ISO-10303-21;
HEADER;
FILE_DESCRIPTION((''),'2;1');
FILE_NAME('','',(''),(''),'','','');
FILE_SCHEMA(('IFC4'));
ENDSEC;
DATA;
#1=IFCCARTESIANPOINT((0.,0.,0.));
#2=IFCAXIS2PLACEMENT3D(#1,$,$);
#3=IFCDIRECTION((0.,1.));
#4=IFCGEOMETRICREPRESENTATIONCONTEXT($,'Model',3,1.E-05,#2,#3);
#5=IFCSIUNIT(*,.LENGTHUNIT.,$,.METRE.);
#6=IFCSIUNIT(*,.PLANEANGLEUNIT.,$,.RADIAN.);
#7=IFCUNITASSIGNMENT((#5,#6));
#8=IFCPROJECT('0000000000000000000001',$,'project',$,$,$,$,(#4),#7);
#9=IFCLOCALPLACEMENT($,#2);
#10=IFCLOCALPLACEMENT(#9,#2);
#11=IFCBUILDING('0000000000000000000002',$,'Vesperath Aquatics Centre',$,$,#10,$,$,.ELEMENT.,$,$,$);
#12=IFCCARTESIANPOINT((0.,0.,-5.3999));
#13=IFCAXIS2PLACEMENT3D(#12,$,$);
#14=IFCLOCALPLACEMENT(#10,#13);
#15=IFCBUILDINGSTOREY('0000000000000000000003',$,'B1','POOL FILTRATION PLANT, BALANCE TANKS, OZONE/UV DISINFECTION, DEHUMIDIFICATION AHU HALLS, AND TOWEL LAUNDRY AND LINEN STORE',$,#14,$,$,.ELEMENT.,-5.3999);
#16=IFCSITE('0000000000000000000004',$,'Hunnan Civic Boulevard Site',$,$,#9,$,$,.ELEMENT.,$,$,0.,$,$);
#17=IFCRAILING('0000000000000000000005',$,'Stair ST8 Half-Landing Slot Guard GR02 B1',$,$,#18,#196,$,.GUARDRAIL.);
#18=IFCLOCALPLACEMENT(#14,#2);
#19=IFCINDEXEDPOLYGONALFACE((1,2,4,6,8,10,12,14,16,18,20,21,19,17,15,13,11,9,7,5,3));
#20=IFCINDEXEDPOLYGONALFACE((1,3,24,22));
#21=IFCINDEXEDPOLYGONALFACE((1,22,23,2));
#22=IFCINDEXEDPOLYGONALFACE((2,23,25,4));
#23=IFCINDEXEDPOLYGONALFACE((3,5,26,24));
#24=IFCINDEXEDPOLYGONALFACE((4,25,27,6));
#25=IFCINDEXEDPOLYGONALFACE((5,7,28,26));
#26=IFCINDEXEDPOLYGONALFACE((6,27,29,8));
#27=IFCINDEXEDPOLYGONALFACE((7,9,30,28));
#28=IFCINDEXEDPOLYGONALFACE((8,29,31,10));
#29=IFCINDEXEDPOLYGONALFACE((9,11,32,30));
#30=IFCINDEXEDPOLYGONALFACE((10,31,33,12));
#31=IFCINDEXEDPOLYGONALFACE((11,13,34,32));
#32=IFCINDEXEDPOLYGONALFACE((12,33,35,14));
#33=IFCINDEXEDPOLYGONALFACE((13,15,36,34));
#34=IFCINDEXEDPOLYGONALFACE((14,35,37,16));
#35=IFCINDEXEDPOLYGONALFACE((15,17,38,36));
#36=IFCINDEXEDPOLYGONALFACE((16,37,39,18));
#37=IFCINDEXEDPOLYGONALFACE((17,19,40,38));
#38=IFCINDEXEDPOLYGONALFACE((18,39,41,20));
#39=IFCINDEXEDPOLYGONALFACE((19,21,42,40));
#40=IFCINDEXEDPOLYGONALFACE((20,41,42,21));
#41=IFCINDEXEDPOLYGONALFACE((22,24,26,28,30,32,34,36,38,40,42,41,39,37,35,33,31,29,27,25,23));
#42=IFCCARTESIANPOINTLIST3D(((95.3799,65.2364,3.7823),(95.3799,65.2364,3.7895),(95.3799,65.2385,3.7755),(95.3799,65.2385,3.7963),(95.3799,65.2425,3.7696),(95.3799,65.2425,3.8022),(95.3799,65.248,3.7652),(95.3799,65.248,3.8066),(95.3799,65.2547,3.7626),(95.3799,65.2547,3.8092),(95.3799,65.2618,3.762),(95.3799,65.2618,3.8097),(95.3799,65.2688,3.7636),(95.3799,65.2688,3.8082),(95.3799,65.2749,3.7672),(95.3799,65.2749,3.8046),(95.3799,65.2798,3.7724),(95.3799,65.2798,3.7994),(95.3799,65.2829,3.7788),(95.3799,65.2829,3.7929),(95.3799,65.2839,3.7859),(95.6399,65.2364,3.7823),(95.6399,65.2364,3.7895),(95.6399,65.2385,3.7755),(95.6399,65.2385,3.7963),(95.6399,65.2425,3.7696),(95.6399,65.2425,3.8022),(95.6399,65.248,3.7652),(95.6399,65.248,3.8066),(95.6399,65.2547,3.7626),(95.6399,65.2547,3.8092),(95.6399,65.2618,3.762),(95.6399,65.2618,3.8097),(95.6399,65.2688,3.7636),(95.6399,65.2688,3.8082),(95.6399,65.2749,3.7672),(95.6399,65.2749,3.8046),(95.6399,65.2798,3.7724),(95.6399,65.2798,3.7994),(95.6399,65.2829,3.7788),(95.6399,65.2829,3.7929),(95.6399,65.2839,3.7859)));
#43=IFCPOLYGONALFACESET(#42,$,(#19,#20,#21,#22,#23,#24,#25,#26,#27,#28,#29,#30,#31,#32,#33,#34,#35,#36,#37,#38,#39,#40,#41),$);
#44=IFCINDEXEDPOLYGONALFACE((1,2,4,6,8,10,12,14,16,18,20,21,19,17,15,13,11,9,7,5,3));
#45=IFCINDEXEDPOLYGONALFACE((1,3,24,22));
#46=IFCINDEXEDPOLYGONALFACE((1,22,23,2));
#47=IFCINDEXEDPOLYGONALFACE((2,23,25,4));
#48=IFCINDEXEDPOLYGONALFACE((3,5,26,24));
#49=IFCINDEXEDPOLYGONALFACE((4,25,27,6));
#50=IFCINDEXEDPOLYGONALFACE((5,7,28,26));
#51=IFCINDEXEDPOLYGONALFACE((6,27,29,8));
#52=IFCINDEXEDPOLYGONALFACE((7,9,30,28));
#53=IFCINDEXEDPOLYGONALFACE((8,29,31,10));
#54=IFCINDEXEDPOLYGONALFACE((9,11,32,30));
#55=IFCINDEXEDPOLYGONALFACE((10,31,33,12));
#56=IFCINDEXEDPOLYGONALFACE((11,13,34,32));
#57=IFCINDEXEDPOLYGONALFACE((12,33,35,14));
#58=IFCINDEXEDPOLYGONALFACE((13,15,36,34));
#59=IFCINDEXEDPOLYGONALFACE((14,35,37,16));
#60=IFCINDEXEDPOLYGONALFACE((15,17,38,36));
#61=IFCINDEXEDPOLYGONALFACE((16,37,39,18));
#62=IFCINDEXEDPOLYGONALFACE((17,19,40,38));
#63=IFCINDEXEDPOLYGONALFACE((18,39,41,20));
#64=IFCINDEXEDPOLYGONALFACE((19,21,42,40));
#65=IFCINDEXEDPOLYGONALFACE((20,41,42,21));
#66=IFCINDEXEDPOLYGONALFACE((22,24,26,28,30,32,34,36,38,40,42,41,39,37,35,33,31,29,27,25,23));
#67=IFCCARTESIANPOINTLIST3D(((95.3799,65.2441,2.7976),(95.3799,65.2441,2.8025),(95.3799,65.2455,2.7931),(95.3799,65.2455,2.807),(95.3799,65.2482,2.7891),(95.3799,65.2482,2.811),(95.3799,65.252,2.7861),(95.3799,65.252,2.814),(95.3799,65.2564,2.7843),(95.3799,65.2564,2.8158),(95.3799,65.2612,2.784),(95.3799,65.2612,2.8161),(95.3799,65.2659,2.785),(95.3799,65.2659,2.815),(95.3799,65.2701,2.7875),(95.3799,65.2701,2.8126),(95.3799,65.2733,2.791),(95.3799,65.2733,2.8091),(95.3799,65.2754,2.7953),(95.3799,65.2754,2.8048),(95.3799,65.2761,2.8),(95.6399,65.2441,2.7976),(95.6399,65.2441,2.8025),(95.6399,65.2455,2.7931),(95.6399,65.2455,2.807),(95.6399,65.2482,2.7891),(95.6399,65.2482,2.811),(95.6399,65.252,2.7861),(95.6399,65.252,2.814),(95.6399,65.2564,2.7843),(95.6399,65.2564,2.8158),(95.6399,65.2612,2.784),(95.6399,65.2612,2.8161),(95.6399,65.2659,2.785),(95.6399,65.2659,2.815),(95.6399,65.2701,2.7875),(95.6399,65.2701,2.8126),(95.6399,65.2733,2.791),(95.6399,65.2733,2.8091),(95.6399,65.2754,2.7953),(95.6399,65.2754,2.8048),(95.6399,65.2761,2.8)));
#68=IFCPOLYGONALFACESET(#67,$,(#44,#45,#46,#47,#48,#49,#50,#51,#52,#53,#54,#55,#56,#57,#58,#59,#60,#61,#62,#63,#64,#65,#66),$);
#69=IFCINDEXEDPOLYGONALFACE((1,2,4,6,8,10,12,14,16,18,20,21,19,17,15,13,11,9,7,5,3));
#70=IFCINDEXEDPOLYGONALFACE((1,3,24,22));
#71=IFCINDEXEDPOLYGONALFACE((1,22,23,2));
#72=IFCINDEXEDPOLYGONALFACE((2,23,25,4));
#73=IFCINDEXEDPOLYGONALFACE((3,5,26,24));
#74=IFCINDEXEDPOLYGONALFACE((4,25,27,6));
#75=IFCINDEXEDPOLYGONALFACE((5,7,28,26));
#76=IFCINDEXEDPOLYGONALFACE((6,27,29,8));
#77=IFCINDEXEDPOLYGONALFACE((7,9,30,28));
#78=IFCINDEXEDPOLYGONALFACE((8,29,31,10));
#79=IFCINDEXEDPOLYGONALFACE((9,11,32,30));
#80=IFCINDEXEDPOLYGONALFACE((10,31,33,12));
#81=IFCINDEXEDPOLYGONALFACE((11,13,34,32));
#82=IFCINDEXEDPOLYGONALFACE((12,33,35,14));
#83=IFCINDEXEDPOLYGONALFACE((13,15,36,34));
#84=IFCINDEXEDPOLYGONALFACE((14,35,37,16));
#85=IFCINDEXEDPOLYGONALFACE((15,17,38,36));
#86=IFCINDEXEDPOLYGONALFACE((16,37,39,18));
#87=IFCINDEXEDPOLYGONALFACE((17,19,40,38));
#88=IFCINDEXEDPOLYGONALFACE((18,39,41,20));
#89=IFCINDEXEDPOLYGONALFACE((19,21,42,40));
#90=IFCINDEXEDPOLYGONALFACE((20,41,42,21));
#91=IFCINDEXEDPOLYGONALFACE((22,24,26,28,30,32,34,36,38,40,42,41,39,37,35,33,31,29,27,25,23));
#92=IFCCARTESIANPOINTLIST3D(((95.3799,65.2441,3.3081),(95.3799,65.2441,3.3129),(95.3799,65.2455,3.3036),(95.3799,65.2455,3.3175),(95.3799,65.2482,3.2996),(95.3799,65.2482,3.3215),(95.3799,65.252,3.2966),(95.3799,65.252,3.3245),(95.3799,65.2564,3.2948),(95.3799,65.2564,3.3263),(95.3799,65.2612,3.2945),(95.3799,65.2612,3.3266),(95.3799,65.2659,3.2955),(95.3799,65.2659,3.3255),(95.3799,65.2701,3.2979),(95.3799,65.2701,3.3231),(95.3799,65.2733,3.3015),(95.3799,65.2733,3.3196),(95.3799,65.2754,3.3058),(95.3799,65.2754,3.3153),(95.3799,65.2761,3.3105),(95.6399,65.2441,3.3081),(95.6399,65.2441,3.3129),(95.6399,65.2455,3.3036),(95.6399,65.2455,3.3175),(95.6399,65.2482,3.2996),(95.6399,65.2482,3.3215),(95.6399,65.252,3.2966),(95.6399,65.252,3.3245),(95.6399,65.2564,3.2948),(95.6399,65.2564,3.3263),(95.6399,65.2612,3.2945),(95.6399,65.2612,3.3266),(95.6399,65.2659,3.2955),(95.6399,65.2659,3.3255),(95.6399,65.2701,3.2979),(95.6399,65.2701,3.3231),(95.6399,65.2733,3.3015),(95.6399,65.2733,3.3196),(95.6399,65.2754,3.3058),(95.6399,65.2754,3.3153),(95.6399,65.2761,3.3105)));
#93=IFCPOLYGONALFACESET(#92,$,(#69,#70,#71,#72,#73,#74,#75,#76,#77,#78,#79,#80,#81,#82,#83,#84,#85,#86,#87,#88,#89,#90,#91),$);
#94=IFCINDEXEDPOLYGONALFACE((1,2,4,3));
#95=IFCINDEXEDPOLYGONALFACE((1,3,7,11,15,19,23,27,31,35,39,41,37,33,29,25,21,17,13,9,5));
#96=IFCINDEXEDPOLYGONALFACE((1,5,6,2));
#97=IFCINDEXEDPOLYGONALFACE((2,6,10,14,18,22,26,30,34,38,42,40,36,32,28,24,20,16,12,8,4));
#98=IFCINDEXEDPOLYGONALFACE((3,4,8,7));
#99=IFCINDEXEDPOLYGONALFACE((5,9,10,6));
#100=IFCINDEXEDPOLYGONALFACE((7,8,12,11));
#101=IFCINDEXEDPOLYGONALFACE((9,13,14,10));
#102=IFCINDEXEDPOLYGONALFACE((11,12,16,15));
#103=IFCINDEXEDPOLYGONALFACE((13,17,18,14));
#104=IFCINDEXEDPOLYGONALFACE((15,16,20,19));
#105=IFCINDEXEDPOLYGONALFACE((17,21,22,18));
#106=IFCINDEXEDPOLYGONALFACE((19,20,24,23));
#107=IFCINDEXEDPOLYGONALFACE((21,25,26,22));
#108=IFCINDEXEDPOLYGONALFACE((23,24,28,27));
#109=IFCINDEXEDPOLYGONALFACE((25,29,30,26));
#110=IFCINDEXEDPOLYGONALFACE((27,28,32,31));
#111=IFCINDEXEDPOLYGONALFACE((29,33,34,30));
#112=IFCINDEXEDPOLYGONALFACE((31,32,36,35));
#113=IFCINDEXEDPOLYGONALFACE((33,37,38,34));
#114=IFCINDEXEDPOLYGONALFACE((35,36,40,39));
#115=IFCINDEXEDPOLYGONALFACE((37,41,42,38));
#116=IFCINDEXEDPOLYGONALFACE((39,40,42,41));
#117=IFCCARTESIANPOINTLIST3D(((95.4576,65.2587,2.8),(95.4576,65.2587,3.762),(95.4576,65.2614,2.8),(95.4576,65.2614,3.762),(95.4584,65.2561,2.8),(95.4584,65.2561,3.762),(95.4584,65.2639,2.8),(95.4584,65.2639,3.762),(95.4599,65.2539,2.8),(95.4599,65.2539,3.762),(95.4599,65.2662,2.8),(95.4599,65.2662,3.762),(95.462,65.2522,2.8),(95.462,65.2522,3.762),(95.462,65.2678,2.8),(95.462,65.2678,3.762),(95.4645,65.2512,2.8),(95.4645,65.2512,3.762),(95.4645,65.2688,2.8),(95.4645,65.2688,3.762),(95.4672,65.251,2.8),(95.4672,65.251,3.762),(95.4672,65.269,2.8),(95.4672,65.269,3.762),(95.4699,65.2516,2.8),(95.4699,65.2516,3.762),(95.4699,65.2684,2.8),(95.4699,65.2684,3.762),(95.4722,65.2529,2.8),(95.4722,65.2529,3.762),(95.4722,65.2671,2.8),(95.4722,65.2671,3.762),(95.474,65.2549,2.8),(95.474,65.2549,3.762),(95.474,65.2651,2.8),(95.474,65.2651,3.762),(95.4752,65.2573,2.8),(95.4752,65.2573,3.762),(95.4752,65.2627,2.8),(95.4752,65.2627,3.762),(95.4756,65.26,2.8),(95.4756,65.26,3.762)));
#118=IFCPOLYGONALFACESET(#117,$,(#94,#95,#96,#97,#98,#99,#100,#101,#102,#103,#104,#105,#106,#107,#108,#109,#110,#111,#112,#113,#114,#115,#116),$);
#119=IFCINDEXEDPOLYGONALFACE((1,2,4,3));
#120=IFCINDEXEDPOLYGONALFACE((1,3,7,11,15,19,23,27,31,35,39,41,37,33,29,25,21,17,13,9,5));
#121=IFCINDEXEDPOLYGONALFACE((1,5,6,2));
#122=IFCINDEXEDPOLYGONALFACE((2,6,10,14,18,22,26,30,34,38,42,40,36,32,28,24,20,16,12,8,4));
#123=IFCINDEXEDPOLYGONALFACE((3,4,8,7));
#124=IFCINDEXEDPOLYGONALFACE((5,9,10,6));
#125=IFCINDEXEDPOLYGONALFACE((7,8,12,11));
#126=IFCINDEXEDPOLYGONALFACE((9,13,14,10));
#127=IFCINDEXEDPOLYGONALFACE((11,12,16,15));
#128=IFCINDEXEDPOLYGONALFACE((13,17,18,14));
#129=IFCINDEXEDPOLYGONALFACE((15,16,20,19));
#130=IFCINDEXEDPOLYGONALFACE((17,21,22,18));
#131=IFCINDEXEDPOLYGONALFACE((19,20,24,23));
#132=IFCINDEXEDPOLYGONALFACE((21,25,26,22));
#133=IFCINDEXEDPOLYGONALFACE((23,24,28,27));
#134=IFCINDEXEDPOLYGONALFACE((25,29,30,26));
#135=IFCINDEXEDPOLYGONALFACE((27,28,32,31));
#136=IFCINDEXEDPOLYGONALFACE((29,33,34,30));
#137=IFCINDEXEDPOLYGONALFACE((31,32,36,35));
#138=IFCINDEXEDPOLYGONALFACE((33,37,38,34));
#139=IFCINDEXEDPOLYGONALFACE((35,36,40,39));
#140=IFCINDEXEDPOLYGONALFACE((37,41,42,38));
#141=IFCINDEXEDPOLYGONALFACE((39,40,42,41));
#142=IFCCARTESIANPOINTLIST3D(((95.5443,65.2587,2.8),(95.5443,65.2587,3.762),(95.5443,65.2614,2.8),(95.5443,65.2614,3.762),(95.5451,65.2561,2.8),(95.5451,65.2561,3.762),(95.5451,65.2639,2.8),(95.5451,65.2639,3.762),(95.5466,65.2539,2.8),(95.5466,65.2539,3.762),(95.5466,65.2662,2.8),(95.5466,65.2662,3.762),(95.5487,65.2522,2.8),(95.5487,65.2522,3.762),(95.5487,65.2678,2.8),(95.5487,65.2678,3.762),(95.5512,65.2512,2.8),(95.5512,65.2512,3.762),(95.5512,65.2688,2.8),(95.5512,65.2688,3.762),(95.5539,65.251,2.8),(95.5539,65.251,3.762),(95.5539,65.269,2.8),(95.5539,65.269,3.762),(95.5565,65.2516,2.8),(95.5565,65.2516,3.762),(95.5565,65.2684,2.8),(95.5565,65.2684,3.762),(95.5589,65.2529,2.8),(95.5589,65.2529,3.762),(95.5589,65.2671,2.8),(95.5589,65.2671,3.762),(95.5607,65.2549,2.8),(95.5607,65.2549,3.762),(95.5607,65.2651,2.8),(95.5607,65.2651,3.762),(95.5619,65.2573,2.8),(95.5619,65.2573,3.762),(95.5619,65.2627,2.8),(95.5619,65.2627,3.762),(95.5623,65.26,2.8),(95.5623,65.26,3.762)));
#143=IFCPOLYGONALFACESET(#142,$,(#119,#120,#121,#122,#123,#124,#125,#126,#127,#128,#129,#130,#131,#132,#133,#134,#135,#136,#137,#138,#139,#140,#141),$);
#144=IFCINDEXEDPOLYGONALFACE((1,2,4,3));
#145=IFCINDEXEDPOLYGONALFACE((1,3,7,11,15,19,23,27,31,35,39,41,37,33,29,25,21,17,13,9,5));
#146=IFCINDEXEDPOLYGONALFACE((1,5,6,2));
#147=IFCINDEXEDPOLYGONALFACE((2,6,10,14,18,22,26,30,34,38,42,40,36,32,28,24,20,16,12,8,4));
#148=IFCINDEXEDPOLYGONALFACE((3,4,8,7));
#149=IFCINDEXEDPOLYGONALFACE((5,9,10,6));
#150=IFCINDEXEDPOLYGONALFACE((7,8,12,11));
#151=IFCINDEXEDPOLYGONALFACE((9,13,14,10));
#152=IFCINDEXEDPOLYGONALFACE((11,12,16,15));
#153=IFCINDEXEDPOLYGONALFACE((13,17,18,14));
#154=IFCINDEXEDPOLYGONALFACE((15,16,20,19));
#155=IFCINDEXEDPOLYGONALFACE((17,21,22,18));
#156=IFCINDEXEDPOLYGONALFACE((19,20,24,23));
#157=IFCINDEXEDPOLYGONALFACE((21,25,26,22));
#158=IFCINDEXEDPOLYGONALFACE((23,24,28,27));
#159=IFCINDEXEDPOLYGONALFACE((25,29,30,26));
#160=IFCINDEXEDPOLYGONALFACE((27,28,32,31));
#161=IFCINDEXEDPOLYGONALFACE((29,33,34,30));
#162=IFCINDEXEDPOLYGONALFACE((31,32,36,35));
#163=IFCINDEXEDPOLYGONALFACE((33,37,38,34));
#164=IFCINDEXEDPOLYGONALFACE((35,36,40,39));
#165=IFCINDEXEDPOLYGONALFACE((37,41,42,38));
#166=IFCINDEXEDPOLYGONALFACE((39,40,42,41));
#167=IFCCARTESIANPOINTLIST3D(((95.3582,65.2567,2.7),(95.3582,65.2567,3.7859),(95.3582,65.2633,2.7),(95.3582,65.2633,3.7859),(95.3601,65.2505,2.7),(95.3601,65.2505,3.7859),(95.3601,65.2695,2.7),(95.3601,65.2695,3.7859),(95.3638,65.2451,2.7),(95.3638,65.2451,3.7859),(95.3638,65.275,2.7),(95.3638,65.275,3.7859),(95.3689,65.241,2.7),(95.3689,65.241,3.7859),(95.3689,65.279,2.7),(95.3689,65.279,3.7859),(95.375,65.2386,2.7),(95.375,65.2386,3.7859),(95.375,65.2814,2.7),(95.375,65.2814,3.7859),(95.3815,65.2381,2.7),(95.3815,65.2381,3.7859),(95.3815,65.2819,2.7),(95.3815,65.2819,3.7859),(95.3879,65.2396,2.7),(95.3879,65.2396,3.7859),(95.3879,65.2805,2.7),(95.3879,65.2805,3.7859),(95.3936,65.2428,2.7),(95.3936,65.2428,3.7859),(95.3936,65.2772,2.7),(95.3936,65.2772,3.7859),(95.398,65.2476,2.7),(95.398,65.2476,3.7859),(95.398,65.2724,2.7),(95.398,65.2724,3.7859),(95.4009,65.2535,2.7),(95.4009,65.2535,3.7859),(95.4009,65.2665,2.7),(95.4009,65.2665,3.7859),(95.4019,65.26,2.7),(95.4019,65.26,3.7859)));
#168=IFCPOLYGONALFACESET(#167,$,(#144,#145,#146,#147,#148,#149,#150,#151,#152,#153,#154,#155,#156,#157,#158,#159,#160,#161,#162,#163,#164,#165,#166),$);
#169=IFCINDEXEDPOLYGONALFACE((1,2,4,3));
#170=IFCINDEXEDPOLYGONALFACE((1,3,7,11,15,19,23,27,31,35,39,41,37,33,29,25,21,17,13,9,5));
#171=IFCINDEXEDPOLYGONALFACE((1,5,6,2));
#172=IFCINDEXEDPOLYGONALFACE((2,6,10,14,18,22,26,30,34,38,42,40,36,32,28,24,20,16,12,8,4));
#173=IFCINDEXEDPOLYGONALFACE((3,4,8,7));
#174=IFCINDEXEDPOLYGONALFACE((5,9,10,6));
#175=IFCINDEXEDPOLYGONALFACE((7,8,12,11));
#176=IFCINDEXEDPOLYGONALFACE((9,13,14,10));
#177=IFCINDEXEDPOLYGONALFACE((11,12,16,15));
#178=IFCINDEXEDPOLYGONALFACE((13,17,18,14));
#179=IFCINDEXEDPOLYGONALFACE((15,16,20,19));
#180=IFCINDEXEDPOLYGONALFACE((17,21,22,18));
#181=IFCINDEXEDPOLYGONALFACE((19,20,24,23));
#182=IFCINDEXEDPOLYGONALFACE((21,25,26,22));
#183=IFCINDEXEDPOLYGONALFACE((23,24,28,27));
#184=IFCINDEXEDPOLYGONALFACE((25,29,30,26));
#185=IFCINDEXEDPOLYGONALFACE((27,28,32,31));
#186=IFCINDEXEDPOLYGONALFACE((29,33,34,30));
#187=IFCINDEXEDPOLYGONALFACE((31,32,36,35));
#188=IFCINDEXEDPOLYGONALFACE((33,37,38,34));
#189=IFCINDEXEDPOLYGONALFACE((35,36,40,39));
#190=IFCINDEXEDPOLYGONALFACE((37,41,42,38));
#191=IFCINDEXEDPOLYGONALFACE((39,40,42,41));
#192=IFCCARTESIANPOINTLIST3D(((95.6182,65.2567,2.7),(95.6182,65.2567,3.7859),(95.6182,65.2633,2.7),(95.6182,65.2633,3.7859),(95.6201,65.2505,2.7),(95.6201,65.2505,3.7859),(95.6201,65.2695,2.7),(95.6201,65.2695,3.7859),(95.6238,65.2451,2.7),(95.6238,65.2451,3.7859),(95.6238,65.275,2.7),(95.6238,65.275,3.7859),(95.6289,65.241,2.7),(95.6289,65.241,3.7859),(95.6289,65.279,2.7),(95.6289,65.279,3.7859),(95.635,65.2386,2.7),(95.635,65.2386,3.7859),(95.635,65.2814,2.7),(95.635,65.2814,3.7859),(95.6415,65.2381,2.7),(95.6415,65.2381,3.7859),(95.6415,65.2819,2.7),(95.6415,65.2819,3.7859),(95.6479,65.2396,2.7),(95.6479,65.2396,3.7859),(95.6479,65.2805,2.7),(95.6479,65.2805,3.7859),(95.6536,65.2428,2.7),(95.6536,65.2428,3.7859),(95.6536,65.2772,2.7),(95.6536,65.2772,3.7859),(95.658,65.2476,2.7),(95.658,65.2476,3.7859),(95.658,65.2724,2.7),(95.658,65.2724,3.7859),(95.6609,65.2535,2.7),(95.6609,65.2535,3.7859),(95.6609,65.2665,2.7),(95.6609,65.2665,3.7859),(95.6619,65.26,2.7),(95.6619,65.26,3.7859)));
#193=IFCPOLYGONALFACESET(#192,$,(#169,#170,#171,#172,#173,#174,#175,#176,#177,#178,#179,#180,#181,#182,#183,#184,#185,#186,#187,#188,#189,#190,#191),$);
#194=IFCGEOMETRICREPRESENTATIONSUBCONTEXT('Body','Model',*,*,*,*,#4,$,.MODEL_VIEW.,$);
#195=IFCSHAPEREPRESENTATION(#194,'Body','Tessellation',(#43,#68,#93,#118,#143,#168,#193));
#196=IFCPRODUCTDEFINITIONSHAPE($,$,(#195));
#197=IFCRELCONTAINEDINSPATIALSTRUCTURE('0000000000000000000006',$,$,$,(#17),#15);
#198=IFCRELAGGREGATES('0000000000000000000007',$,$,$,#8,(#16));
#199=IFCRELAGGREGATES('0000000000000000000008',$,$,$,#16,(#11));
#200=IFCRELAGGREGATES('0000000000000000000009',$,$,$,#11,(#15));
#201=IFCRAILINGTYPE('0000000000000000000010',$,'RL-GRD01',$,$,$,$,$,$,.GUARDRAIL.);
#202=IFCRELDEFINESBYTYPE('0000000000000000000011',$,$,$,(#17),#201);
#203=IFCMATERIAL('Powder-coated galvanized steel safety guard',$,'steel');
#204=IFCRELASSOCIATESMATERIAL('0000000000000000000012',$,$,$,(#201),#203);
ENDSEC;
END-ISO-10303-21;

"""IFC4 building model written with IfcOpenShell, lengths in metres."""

from ifc_helpers import new_model, si_unit, direction, frame, origin, origin_2d, place, context, subcontext, project, spatial, circle, extrude, material, type_object, element, save


model = new_model("IFC4")

# Units and contexts
model_context = context("Model", 3, precision=1e-05, world=origin(), true_north=direction((0.0, 1.0)))
body_context = subcontext(model_context, "Body", "Model", "MODEL_VIEW")
ifc_project = project(units=[si_unit("LENGTHUNIT", "METRE"), si_unit("PLANEANGLEUNIT", "RADIAN")], contexts=[model_context])

# Site, building, storey
site_placement = place(None, origin())
site = spatial("IfcSite", under=ifc_project, at=site_placement, Name="Hunnan Civic Boulevard Site", CompositionType="ELEMENT", RefElevation=0.0)
building_placement = place(site_placement, origin())
building = spatial("IfcBuilding", under=site, at=building_placement, Name="Vesperath Aquatics Centre", CompositionType="ELEMENT")
storey_placement = place(building_placement, frame((0.0, 0.0, -5.3999)))
storey = spatial("IfcBuildingStorey", under=building, at=storey_placement, Name="B1", Description="POOL FILTRATION PLANT, BALANCE TANKS, OZONE/UV DISINFECTION, DEHUMIDIFICATION AHU HALLS, AND TOWEL LAUNDRY AND LINEN STORE", CompositionType="ELEMENT", Elevation=-5.3999)

# Railing
ifc_material_1 = material(Name="Powder-coated galvanized steel safety guard", Category="steel")
railing_type_1 = type_object("IfcRailingType", Name="RL-GRD01", PredefinedType="GUARDRAIL", material=ifc_material_1)
railing_1_placement = place(storey_placement, frame((95.3799, 65.26, 2.7)))
element("IfcRailing", 1, at=railing_1_placement, inside=storey, type_object=railing_type_1, Name="Stair ST8 Half-Landing Slot Guard GR02 B1", PredefinedType="GUARDRAIL", context=body_context, shape_type="SweptSolid", body=[
    extrude(circle(Radius=0.0239, at=origin_2d()), frame((0.0, 0.0, 1.0859), z_axis=(1.0, 0.0, 0.0), x_axis=(0.0, 1.0, 0.0)), (0.0, 0.0, 1.0), 0.26),
    extrude(circle(Radius=0.0161, at=origin_2d()), frame((0.0, 0.0, 0.1001), z_axis=(1.0, 0.0, 0.0), x_axis=(0.0, 1.0, 0.0)), (0.0, 0.0, 1.0), 0.26),
    extrude(circle(Radius=0.0161, at=origin_2d()), frame((0.0, 0.0, 0.6106), z_axis=(1.0, 0.0, 0.0), x_axis=(0.0, 1.0, 0.0)), (0.0, 0.0, 1.0), 0.26),
    extrude(circle(Radius=0.009, at=origin_2d()), frame((0.0867, 0.0, 0.1001)), (0.0, 0.0, 1.0), 0.9619),
    extrude(circle(Radius=0.009, at=origin_2d()), frame((0.1733, 0.0, 0.1001)), (0.0, 0.0, 1.0), 0.9619),
    extrude(circle(Radius=0.022, at=origin_2d()), origin(), (0.0, 0.0, 1.0), 1.0859),
    extrude(circle(Radius=0.022, at=origin_2d()), frame((0.26, 0.0, 0.0)), (0.0, 0.0, 1.0), 1.0859),
])

save(model, "model.ifc")
